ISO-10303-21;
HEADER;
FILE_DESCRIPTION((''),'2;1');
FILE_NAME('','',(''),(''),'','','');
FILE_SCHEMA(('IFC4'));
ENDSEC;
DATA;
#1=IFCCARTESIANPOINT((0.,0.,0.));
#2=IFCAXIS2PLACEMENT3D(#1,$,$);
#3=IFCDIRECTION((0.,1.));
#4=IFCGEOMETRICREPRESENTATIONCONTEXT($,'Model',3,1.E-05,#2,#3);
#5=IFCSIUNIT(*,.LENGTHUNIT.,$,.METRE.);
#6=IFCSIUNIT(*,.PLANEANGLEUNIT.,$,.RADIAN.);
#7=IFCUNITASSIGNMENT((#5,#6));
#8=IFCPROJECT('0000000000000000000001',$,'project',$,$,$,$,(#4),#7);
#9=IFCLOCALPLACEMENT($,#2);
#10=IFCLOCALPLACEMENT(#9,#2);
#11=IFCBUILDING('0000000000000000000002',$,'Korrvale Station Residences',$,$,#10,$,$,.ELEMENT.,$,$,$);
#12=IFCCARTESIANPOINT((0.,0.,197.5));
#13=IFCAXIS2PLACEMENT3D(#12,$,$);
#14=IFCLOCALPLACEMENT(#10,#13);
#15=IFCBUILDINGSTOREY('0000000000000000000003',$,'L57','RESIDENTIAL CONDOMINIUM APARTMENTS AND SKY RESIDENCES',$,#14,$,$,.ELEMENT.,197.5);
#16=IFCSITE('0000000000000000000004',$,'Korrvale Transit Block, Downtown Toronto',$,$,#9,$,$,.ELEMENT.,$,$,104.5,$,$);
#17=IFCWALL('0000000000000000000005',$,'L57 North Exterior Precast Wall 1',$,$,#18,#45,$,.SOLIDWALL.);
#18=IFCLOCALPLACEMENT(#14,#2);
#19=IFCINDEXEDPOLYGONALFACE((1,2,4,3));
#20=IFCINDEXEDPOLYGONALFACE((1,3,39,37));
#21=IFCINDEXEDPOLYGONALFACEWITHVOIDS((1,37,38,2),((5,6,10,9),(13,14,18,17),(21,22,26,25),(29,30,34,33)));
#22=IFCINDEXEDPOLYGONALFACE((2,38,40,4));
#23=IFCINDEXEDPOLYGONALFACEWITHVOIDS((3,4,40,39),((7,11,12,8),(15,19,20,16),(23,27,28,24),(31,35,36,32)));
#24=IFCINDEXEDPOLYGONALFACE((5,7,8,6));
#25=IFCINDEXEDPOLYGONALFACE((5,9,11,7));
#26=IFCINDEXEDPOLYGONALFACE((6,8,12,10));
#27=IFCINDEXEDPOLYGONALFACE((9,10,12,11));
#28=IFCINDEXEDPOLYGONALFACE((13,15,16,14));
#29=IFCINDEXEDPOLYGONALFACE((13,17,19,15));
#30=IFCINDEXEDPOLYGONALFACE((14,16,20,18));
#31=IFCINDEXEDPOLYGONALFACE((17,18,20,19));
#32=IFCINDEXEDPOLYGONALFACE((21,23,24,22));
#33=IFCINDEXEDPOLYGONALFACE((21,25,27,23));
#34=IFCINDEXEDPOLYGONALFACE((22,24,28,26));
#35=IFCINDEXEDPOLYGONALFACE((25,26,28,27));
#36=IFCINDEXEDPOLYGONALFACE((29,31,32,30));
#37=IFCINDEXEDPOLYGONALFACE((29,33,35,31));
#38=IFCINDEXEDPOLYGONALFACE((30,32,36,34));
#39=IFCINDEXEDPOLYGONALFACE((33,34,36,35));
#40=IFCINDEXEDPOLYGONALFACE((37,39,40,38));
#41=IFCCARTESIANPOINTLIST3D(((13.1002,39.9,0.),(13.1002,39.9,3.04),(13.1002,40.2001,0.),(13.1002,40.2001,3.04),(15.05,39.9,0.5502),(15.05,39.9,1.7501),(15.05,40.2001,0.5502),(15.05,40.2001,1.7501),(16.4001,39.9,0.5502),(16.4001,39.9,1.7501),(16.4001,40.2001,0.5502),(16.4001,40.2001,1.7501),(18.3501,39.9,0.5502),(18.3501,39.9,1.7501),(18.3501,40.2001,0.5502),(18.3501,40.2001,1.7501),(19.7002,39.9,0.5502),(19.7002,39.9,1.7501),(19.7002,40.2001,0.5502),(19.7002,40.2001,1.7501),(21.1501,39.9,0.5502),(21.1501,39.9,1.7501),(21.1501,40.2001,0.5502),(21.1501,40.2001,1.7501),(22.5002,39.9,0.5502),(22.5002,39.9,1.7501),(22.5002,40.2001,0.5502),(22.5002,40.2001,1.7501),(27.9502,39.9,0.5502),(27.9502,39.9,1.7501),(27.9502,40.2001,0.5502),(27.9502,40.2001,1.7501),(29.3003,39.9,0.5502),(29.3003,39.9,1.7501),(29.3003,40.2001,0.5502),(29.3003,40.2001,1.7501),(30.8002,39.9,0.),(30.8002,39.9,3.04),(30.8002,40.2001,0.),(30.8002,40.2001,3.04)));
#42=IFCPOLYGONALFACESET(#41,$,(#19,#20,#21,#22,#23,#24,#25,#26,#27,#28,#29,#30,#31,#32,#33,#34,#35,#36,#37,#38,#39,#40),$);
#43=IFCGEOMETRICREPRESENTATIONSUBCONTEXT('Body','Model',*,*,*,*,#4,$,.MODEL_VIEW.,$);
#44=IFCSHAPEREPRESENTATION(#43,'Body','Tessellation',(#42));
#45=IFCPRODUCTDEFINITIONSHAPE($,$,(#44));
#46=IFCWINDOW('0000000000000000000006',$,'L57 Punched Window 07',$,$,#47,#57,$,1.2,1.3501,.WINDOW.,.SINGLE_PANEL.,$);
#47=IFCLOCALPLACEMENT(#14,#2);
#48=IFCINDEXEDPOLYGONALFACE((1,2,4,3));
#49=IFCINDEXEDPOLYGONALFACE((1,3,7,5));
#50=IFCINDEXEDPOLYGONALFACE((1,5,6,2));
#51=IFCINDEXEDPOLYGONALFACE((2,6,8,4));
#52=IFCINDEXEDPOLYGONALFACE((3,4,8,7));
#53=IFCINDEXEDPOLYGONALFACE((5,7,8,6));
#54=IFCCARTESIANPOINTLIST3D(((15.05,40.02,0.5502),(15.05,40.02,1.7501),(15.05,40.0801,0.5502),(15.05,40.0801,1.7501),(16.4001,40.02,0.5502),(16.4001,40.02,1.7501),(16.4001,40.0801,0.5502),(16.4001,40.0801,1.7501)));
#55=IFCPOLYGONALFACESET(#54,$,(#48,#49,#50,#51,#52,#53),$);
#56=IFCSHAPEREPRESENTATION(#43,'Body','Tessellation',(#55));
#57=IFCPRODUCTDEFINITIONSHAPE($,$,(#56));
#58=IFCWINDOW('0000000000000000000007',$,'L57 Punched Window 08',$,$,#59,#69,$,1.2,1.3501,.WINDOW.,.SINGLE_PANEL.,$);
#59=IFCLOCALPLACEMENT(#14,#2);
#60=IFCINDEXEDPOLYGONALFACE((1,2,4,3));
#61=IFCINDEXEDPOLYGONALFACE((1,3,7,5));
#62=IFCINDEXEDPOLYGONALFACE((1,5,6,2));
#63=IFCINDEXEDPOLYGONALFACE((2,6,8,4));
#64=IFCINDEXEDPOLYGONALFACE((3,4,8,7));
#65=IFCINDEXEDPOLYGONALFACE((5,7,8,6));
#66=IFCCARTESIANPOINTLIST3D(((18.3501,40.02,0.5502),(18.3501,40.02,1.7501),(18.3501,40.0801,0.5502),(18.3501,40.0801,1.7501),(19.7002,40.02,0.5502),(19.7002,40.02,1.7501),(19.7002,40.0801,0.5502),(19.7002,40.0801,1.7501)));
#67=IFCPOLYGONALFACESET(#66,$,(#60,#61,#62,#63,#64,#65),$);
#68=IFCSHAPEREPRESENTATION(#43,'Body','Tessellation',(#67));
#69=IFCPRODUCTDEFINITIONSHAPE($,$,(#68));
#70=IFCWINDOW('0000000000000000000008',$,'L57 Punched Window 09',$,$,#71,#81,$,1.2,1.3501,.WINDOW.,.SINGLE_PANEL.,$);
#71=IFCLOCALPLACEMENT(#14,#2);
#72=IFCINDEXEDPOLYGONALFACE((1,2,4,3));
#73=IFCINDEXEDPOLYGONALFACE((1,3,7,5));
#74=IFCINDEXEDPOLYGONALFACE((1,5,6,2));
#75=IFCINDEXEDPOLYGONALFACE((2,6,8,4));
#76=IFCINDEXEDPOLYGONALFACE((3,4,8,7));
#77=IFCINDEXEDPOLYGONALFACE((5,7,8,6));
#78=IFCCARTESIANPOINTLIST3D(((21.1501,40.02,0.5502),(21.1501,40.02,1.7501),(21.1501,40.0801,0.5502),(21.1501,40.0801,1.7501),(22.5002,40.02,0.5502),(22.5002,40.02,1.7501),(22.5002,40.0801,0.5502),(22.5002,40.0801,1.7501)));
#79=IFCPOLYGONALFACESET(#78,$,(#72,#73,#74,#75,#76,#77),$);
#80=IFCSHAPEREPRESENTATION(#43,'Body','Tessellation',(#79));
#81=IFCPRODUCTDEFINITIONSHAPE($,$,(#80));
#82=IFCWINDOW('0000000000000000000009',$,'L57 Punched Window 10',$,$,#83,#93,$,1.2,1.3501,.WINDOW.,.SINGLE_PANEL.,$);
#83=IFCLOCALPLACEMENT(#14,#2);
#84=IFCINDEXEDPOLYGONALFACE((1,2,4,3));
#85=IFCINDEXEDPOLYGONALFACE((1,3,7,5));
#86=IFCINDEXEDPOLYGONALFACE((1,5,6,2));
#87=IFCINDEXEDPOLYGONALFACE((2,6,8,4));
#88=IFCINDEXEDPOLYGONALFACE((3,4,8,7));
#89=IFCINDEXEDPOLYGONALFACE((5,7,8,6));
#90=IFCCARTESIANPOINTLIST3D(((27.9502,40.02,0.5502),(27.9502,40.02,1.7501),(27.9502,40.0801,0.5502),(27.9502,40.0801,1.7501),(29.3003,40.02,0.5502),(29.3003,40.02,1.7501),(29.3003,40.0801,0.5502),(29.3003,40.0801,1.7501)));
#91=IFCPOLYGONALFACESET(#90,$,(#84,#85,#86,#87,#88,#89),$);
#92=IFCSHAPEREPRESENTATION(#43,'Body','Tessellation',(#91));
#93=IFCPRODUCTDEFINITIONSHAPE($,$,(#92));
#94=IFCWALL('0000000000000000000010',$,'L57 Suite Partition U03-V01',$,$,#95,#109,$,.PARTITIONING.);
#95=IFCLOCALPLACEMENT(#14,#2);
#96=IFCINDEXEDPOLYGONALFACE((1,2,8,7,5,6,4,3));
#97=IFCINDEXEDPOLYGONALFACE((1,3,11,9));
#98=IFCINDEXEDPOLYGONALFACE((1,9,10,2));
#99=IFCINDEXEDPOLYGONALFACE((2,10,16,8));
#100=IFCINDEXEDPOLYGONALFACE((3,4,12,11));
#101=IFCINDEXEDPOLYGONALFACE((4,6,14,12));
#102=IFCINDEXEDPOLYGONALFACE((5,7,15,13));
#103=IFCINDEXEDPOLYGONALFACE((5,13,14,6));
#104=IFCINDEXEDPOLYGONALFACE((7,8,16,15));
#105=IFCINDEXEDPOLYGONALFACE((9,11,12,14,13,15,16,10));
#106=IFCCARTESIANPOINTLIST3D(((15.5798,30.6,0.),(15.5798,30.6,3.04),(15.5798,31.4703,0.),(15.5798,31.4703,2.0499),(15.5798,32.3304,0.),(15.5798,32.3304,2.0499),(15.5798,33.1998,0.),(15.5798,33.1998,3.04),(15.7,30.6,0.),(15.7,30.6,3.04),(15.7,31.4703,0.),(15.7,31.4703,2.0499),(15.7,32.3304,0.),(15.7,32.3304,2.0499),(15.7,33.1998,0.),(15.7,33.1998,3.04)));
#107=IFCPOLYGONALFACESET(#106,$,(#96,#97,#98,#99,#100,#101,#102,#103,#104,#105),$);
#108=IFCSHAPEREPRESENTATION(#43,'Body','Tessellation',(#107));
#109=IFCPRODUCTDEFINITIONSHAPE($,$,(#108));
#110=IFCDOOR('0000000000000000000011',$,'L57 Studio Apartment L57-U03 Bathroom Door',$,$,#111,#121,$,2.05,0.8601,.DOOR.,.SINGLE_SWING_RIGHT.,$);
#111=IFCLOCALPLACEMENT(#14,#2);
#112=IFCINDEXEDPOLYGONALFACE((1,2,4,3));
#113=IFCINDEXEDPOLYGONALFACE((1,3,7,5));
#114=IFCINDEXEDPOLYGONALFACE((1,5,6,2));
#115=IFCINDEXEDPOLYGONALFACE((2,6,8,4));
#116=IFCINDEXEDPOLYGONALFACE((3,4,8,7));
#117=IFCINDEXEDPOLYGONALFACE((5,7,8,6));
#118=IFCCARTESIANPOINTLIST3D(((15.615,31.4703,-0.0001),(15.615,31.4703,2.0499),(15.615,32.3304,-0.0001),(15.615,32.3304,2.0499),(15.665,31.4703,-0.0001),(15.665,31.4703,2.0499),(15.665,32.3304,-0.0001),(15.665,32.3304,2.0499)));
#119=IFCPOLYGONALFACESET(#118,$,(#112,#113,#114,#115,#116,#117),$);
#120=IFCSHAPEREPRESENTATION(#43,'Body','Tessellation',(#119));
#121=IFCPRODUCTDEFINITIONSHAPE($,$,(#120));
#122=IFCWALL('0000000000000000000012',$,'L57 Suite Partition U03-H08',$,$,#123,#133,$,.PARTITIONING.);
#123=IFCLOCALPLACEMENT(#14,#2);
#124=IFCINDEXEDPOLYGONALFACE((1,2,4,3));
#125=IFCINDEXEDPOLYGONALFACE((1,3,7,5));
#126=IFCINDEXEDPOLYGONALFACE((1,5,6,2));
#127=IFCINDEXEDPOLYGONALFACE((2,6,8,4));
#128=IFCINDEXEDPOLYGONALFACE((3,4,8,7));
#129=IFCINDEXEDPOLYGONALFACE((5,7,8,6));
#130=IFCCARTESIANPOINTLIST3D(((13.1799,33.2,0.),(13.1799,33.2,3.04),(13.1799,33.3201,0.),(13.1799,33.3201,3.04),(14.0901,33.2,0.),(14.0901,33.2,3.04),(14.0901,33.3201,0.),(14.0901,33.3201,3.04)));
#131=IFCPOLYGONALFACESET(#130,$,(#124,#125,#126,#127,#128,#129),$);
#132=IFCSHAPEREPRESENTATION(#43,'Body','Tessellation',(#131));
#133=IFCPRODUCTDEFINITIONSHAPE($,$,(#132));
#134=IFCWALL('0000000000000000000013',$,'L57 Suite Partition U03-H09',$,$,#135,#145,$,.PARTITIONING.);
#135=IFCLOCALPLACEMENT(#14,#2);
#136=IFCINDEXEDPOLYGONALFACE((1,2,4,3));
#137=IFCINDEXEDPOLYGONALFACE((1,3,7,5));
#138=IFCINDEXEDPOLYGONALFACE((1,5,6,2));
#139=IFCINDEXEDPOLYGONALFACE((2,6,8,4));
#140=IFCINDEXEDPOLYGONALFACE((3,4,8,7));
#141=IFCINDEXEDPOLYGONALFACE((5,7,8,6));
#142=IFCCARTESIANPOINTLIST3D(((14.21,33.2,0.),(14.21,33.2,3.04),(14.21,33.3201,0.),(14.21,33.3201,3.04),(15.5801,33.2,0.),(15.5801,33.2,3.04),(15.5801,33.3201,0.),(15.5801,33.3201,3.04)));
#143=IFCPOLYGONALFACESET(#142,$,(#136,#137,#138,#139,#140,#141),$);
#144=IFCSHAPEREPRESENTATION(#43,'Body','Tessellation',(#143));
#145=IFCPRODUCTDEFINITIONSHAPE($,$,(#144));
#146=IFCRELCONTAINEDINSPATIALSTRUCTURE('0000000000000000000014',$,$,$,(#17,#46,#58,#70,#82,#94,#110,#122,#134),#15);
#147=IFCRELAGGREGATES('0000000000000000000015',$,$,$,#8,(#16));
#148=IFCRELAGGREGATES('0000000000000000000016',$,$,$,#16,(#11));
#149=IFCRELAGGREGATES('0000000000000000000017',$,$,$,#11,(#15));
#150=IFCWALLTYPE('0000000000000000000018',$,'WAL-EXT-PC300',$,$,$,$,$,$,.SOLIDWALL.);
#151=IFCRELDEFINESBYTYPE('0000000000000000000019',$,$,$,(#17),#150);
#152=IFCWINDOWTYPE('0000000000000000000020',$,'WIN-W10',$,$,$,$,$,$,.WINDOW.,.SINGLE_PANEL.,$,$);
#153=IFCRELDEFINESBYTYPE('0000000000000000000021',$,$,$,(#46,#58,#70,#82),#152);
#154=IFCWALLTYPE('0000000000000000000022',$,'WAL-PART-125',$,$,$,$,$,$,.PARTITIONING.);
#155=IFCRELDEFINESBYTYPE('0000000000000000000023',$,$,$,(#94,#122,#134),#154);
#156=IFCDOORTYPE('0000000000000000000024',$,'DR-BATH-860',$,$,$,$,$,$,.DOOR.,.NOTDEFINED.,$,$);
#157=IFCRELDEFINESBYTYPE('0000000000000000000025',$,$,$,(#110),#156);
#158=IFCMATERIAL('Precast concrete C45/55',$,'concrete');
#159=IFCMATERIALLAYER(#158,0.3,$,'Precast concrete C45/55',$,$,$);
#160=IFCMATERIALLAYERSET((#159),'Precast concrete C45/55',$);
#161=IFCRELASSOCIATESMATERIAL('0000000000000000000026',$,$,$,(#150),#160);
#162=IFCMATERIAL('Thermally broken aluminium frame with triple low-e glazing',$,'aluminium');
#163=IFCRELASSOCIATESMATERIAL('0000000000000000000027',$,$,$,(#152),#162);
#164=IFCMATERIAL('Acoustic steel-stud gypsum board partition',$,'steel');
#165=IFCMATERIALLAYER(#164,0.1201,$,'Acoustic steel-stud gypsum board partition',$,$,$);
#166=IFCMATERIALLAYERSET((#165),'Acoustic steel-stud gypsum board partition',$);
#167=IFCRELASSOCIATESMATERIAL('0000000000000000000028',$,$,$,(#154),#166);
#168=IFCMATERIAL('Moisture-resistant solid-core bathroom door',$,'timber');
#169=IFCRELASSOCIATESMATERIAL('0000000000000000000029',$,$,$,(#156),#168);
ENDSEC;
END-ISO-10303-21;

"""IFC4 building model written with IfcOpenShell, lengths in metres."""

from ifc_helpers import new_model, si_unit, direction, frame, frame_2d, origin, place, context, subcontext, project, spatial, rectangle, extrude, material, layer, layer_set, type_object, element, fill, save


model = new_model("IFC4")

# Units and contexts
model_context = context("Model", 3, precision=1e-05, world=origin(), true_north=direction((0.0, 1.0)))
body_context = subcontext(model_context, "Body", "Model", "MODEL_VIEW")
ifc_project = project(units=[si_unit("LENGTHUNIT", "METRE"), si_unit("PLANEANGLEUNIT", "RADIAN")], contexts=[model_context])

# Site, building, storey
site_placement = place(None, origin())
site = spatial("IfcSite", under=ifc_project, at=site_placement, Name="Korrvale Transit Block, Downtown Toronto", CompositionType="ELEMENT", RefElevation=104.5)
building_placement = place(site_placement, origin())
building = spatial("IfcBuilding", under=site, at=building_placement, Name="Korrvale Station Residences", CompositionType="ELEMENT")
storey_placement = place(building_placement, frame((0.0, 0.0, 197.5)))
storey = spatial("IfcBuildingStorey", under=building, at=storey_placement, Name="L57", Description="RESIDENTIAL CONDOMINIUM APARTMENTS AND SKY RESIDENCES", CompositionType="ELEMENT", Elevation=197.5)

# Shared definitions
ifc_material_1 = material(Name="Precast concrete C45/55", Category="concrete")

# Wall, openings, windows
ifc_layer_1 = layer(ifc_material_1, 0.3, Name="Precast concrete C45/55")
ifc_layer_set_1 = layer_set([ifc_layer_1], Name="Precast concrete C45/55")
wall_type_1 = type_object("IfcWallType", Name="WAL-EXT-PC300", PredefinedType="SOLIDWALL", material=ifc_layer_set_1)
wall_1_placement = place(storey_placement, frame((13.1001, 40.05, 0.0), z_axis=(0.0, 0.0, 1.0), x_axis=(1.0, 0.0, 0.0)))
wall_1 = element("IfcWall", 1, at=wall_1_placement, inside=storey, type_object=wall_type_1, Name="L57 North Exterior Precast Wall 1", PredefinedType="SOLIDWALL", context=body_context, shape_type="SweptSolid", body=[
    extrude(rectangle(XDim=17.7, YDim=0.3, at=frame_2d((8.8501, 0.0))), origin(), (0.0, 0.0, 1.0), 3.04),
])
opening_1_placement = place(wall_1_placement, frame((1.95, 0.0, 0.55)))
opening_1 = element("IfcOpeningElement", 2, at=opening_1_placement, cuts=wall_1, PredefinedType="OPENING", context=body_context, shape_type="SweptSolid", body=[
    extrude(rectangle(XDim=1.3501, YDim=1.2, at=frame_2d((0.675, 0.6001))), frame((0.0, 0.1602, 0.0), z_axis=(0.0, -1.0, 0.0), x_axis=(1.0, 0.0, 0.0)), (0.0, 0.0, 1.0), 0.3201),
])
opening_2_placement = place(wall_1_placement, frame((5.25, 0.0, 0.55)))
opening_2 = element("IfcOpeningElement", 3, at=opening_2_placement, cuts=wall_1, PredefinedType="OPENING", context=body_context, shape_type="SweptSolid", body=[
    extrude(rectangle(XDim=1.3501, YDim=1.2, at=frame_2d((0.675, 0.6001))), frame((0.0, 0.1602, 0.0), z_axis=(0.0, -1.0, 0.0), x_axis=(1.0, 0.0, 0.0)), (0.0, 0.0, 1.0), 0.3201),
])
opening_3_placement = place(wall_1_placement, frame((8.05, 0.0, 0.55)))
opening_3 = element("IfcOpeningElement", 4, at=opening_3_placement, cuts=wall_1, PredefinedType="OPENING", context=body_context, shape_type="SweptSolid", body=[
    extrude(rectangle(XDim=1.3501, YDim=1.2, at=frame_2d((0.675, 0.6001))), frame((0.0, 0.1602, 0.0), z_axis=(0.0, -1.0, 0.0), x_axis=(1.0, 0.0, 0.0)), (0.0, 0.0, 1.0), 0.3201),
])
opening_4_placement = place(wall_1_placement, frame((14.8501, 0.0, 0.55)))
opening_4 = element("IfcOpeningElement", 5, at=opening_4_placement, cuts=wall_1, PredefinedType="OPENING", context=body_context, shape_type="SweptSolid", body=[
    extrude(rectangle(XDim=1.3501, YDim=1.2, at=frame_2d((0.675, 0.6001))), frame((0.0, 0.1602, 0.0), z_axis=(0.0, -1.0, 0.0), x_axis=(1.0, 0.0, 0.0)), (0.0, 0.0, 1.0), 0.3201),
])
ifc_material_2 = material(Name="Thermally broken aluminium frame with triple low-e glazing", Category="aluminium")
window_type = type_object("IfcWindowType", Name="WIN-W10", PartitioningType="SINGLE_PANEL", PredefinedType="WINDOW", material=ifc_material_2)
window_1_placement = place(opening_1_placement, origin())
window_1 = element("IfcWindow", 6, at=window_1_placement, inside=storey, type_object=window_type, Name="L57 Punched Window 07", OverallHeight=1.2, OverallWidth=1.3501, PartitioningType="SINGLE_PANEL", PredefinedType="WINDOW", context=body_context, shape_type="SweptSolid", body=[
    extrude(rectangle(XDim=1.3501, YDim=1.2, at=frame_2d((0.675, 0.6001))), frame((0.0, 0.03, 0.0), z_axis=(0.0, -1.0, 0.0), x_axis=(1.0, 0.0, 0.0)), (0.0, 0.0, 1.0), 0.0601),
])
fill(opening_1, window_1)
window_2_placement = place(opening_2_placement, origin())
window_2 = element("IfcWindow", 7, at=window_2_placement, inside=storey, type_object=window_type, Name="L57 Punched Window 08", OverallHeight=1.2, OverallWidth=1.3501, PartitioningType="SINGLE_PANEL", PredefinedType="WINDOW", context=body_context, shape_type="SweptSolid", body=[
    extrude(rectangle(XDim=1.3501, YDim=1.2, at=frame_2d((0.675, 0.6001))), frame((0.0, 0.03, 0.0), z_axis=(0.0, -1.0, 0.0), x_axis=(1.0, 0.0, 0.0)), (0.0, 0.0, 1.0), 0.0601),
])
fill(opening_2, window_2)
window_3_placement = place(opening_3_placement, origin())
window_3 = element("IfcWindow", 8, at=window_3_placement, inside=storey, type_object=window_type, Name="L57 Punched Window 09", OverallHeight=1.2, OverallWidth=1.3501, PartitioningType="SINGLE_PANEL", PredefinedType="WINDOW", context=body_context, shape_type="SweptSolid", body=[
    extrude(rectangle(XDim=1.3501, YDim=1.2, at=frame_2d((0.675, 0.6001))), frame((0.0, 0.03, 0.0), z_axis=(0.0, -1.0, 0.0), x_axis=(1.0, 0.0, 0.0)), (0.0, 0.0, 1.0), 0.0601),
])
fill(opening_3, window_3)
window_4_placement = place(opening_4_placement, origin())
window_4 = element("IfcWindow", 9, at=window_4_placement, inside=storey, type_object=window_type, Name="L57 Punched Window 10", OverallHeight=1.2, OverallWidth=1.3501, PartitioningType="SINGLE_PANEL", PredefinedType="WINDOW", context=body_context, shape_type="SweptSolid", body=[
    extrude(rectangle(XDim=1.3501, YDim=1.2, at=frame_2d((0.675, 0.6001))), frame((0.0, 0.03, 0.0), z_axis=(0.0, -1.0, 0.0), x_axis=(1.0, 0.0, 0.0)), (0.0, 0.0, 1.0), 0.0601),
])
fill(opening_4, window_4)

# Wall, opening, door
ifc_material_3 = material(Name="Acoustic steel-stud gypsum board partition", Category="steel")
ifc_layer_2 = layer(ifc_material_3, 0.1201, Name="Acoustic steel-stud gypsum board partition")
ifc_layer_set_2 = layer_set([ifc_layer_2], Name="Acoustic steel-stud gypsum board partition")
wall_type_2 = type_object("IfcWallType", Name="WAL-PART-125", PredefinedType="PARTITIONING", material=ifc_layer_set_2)
wall_2_placement = place(storey_placement, frame((15.6399, 30.6001, 0.0), z_axis=(0.0, 0.0, 1.0), x_axis=(0.0, 1.0, 0.0)))
wall_2 = element("IfcWall", 10, at=wall_2_placement, inside=storey, type_object=wall_type_2, Name="L57 Suite Partition U03-V01", PredefinedType="PARTITIONING", context=body_context, shape_type="SweptSolid", body=[
    extrude(rectangle(XDim=2.5999, YDim=0.1201, at=frame_2d((1.2998, 0.0))), origin(), (0.0, 0.0, 1.0), 3.04),
])
opening_5_placement = place(wall_2_placement, frame((0.8701, 0.0, 0.0)))
opening_5 = element("IfcOpeningElement", 11, at=opening_5_placement, cuts=wall_2, PredefinedType="OPENING", context=body_context, shape_type="SweptSolid", body=[
    extrude(rectangle(XDim=0.8601, YDim=2.05, at=frame_2d((0.4302, 1.0249))), frame((0.0, 0.0701, 0.0), z_axis=(0.0, -1.0, 0.0), x_axis=(1.0, 0.0, 0.0)), (0.0, 0.0, 1.0), 0.1401),
])
ifc_material_4 = material(Name="Moisture-resistant solid-core bathroom door", Category="timber")
door_type_1 = type_object("IfcDoorType", Name="DR-BATH-860", OperationType="NOTDEFINED", PredefinedType="DOOR", material=ifc_material_4)
door_1_placement = place(opening_5_placement, origin())
door_1 = element("IfcDoor", 12, at=door_1_placement, inside=storey, type_object=door_type_1, Name="L57 Studio Apartment L57-U03 Bathroom Door", OperationType="SINGLE_SWING_RIGHT", OverallHeight=2.05, OverallWidth=0.8601, PredefinedType="DOOR", context=body_context, shape_type="SweptSolid", body=[
    extrude(rectangle(XDim=0.8601, YDim=2.05, at=frame_2d((0.4302, 1.0249))), frame((0.0, 0.0249, 0.0), z_axis=(0.0, -1.0, 0.0), x_axis=(1.0, 0.0, 0.0)), (0.0, 0.0, 1.0), 0.05),
])
fill(opening_5, door_1)

# Walls
wall_3_placement = place(storey_placement, frame((13.1799, 33.26, 0.0), z_axis=(0.0, 0.0, 1.0), x_axis=(1.0, 0.0, 0.0)))
element("IfcWall", 13, at=wall_3_placement, inside=storey, type_object=wall_type_2, Name="L57 Suite Partition U03-H08", PredefinedType="PARTITIONING", context=body_context, shape_type="SweptSolid", body=[
    extrude(rectangle(XDim=0.9102, YDim=0.1201, at=frame_2d((0.4551, 0.0))), origin(), (0.0, 0.0, 1.0), 3.04),
])
wall_4_placement = place(storey_placement, frame((14.21, 33.26, 0.0), z_axis=(0.0, 0.0, 1.0), x_axis=(1.0, 0.0, 0.0)))
element("IfcWall", 14, at=wall_4_placement, inside=storey, type_object=wall_type_2, Name="L57 Suite Partition U03-H09", PredefinedType="PARTITIONING", context=body_context, shape_type="SweptSolid", body=[
    extrude(rectangle(XDim=1.3701, YDim=0.1201, at=frame_2d((0.6851, 0.0))), origin(), (0.0, 0.0, 1.0), 3.04),
])

save(model, "model.ifc")
